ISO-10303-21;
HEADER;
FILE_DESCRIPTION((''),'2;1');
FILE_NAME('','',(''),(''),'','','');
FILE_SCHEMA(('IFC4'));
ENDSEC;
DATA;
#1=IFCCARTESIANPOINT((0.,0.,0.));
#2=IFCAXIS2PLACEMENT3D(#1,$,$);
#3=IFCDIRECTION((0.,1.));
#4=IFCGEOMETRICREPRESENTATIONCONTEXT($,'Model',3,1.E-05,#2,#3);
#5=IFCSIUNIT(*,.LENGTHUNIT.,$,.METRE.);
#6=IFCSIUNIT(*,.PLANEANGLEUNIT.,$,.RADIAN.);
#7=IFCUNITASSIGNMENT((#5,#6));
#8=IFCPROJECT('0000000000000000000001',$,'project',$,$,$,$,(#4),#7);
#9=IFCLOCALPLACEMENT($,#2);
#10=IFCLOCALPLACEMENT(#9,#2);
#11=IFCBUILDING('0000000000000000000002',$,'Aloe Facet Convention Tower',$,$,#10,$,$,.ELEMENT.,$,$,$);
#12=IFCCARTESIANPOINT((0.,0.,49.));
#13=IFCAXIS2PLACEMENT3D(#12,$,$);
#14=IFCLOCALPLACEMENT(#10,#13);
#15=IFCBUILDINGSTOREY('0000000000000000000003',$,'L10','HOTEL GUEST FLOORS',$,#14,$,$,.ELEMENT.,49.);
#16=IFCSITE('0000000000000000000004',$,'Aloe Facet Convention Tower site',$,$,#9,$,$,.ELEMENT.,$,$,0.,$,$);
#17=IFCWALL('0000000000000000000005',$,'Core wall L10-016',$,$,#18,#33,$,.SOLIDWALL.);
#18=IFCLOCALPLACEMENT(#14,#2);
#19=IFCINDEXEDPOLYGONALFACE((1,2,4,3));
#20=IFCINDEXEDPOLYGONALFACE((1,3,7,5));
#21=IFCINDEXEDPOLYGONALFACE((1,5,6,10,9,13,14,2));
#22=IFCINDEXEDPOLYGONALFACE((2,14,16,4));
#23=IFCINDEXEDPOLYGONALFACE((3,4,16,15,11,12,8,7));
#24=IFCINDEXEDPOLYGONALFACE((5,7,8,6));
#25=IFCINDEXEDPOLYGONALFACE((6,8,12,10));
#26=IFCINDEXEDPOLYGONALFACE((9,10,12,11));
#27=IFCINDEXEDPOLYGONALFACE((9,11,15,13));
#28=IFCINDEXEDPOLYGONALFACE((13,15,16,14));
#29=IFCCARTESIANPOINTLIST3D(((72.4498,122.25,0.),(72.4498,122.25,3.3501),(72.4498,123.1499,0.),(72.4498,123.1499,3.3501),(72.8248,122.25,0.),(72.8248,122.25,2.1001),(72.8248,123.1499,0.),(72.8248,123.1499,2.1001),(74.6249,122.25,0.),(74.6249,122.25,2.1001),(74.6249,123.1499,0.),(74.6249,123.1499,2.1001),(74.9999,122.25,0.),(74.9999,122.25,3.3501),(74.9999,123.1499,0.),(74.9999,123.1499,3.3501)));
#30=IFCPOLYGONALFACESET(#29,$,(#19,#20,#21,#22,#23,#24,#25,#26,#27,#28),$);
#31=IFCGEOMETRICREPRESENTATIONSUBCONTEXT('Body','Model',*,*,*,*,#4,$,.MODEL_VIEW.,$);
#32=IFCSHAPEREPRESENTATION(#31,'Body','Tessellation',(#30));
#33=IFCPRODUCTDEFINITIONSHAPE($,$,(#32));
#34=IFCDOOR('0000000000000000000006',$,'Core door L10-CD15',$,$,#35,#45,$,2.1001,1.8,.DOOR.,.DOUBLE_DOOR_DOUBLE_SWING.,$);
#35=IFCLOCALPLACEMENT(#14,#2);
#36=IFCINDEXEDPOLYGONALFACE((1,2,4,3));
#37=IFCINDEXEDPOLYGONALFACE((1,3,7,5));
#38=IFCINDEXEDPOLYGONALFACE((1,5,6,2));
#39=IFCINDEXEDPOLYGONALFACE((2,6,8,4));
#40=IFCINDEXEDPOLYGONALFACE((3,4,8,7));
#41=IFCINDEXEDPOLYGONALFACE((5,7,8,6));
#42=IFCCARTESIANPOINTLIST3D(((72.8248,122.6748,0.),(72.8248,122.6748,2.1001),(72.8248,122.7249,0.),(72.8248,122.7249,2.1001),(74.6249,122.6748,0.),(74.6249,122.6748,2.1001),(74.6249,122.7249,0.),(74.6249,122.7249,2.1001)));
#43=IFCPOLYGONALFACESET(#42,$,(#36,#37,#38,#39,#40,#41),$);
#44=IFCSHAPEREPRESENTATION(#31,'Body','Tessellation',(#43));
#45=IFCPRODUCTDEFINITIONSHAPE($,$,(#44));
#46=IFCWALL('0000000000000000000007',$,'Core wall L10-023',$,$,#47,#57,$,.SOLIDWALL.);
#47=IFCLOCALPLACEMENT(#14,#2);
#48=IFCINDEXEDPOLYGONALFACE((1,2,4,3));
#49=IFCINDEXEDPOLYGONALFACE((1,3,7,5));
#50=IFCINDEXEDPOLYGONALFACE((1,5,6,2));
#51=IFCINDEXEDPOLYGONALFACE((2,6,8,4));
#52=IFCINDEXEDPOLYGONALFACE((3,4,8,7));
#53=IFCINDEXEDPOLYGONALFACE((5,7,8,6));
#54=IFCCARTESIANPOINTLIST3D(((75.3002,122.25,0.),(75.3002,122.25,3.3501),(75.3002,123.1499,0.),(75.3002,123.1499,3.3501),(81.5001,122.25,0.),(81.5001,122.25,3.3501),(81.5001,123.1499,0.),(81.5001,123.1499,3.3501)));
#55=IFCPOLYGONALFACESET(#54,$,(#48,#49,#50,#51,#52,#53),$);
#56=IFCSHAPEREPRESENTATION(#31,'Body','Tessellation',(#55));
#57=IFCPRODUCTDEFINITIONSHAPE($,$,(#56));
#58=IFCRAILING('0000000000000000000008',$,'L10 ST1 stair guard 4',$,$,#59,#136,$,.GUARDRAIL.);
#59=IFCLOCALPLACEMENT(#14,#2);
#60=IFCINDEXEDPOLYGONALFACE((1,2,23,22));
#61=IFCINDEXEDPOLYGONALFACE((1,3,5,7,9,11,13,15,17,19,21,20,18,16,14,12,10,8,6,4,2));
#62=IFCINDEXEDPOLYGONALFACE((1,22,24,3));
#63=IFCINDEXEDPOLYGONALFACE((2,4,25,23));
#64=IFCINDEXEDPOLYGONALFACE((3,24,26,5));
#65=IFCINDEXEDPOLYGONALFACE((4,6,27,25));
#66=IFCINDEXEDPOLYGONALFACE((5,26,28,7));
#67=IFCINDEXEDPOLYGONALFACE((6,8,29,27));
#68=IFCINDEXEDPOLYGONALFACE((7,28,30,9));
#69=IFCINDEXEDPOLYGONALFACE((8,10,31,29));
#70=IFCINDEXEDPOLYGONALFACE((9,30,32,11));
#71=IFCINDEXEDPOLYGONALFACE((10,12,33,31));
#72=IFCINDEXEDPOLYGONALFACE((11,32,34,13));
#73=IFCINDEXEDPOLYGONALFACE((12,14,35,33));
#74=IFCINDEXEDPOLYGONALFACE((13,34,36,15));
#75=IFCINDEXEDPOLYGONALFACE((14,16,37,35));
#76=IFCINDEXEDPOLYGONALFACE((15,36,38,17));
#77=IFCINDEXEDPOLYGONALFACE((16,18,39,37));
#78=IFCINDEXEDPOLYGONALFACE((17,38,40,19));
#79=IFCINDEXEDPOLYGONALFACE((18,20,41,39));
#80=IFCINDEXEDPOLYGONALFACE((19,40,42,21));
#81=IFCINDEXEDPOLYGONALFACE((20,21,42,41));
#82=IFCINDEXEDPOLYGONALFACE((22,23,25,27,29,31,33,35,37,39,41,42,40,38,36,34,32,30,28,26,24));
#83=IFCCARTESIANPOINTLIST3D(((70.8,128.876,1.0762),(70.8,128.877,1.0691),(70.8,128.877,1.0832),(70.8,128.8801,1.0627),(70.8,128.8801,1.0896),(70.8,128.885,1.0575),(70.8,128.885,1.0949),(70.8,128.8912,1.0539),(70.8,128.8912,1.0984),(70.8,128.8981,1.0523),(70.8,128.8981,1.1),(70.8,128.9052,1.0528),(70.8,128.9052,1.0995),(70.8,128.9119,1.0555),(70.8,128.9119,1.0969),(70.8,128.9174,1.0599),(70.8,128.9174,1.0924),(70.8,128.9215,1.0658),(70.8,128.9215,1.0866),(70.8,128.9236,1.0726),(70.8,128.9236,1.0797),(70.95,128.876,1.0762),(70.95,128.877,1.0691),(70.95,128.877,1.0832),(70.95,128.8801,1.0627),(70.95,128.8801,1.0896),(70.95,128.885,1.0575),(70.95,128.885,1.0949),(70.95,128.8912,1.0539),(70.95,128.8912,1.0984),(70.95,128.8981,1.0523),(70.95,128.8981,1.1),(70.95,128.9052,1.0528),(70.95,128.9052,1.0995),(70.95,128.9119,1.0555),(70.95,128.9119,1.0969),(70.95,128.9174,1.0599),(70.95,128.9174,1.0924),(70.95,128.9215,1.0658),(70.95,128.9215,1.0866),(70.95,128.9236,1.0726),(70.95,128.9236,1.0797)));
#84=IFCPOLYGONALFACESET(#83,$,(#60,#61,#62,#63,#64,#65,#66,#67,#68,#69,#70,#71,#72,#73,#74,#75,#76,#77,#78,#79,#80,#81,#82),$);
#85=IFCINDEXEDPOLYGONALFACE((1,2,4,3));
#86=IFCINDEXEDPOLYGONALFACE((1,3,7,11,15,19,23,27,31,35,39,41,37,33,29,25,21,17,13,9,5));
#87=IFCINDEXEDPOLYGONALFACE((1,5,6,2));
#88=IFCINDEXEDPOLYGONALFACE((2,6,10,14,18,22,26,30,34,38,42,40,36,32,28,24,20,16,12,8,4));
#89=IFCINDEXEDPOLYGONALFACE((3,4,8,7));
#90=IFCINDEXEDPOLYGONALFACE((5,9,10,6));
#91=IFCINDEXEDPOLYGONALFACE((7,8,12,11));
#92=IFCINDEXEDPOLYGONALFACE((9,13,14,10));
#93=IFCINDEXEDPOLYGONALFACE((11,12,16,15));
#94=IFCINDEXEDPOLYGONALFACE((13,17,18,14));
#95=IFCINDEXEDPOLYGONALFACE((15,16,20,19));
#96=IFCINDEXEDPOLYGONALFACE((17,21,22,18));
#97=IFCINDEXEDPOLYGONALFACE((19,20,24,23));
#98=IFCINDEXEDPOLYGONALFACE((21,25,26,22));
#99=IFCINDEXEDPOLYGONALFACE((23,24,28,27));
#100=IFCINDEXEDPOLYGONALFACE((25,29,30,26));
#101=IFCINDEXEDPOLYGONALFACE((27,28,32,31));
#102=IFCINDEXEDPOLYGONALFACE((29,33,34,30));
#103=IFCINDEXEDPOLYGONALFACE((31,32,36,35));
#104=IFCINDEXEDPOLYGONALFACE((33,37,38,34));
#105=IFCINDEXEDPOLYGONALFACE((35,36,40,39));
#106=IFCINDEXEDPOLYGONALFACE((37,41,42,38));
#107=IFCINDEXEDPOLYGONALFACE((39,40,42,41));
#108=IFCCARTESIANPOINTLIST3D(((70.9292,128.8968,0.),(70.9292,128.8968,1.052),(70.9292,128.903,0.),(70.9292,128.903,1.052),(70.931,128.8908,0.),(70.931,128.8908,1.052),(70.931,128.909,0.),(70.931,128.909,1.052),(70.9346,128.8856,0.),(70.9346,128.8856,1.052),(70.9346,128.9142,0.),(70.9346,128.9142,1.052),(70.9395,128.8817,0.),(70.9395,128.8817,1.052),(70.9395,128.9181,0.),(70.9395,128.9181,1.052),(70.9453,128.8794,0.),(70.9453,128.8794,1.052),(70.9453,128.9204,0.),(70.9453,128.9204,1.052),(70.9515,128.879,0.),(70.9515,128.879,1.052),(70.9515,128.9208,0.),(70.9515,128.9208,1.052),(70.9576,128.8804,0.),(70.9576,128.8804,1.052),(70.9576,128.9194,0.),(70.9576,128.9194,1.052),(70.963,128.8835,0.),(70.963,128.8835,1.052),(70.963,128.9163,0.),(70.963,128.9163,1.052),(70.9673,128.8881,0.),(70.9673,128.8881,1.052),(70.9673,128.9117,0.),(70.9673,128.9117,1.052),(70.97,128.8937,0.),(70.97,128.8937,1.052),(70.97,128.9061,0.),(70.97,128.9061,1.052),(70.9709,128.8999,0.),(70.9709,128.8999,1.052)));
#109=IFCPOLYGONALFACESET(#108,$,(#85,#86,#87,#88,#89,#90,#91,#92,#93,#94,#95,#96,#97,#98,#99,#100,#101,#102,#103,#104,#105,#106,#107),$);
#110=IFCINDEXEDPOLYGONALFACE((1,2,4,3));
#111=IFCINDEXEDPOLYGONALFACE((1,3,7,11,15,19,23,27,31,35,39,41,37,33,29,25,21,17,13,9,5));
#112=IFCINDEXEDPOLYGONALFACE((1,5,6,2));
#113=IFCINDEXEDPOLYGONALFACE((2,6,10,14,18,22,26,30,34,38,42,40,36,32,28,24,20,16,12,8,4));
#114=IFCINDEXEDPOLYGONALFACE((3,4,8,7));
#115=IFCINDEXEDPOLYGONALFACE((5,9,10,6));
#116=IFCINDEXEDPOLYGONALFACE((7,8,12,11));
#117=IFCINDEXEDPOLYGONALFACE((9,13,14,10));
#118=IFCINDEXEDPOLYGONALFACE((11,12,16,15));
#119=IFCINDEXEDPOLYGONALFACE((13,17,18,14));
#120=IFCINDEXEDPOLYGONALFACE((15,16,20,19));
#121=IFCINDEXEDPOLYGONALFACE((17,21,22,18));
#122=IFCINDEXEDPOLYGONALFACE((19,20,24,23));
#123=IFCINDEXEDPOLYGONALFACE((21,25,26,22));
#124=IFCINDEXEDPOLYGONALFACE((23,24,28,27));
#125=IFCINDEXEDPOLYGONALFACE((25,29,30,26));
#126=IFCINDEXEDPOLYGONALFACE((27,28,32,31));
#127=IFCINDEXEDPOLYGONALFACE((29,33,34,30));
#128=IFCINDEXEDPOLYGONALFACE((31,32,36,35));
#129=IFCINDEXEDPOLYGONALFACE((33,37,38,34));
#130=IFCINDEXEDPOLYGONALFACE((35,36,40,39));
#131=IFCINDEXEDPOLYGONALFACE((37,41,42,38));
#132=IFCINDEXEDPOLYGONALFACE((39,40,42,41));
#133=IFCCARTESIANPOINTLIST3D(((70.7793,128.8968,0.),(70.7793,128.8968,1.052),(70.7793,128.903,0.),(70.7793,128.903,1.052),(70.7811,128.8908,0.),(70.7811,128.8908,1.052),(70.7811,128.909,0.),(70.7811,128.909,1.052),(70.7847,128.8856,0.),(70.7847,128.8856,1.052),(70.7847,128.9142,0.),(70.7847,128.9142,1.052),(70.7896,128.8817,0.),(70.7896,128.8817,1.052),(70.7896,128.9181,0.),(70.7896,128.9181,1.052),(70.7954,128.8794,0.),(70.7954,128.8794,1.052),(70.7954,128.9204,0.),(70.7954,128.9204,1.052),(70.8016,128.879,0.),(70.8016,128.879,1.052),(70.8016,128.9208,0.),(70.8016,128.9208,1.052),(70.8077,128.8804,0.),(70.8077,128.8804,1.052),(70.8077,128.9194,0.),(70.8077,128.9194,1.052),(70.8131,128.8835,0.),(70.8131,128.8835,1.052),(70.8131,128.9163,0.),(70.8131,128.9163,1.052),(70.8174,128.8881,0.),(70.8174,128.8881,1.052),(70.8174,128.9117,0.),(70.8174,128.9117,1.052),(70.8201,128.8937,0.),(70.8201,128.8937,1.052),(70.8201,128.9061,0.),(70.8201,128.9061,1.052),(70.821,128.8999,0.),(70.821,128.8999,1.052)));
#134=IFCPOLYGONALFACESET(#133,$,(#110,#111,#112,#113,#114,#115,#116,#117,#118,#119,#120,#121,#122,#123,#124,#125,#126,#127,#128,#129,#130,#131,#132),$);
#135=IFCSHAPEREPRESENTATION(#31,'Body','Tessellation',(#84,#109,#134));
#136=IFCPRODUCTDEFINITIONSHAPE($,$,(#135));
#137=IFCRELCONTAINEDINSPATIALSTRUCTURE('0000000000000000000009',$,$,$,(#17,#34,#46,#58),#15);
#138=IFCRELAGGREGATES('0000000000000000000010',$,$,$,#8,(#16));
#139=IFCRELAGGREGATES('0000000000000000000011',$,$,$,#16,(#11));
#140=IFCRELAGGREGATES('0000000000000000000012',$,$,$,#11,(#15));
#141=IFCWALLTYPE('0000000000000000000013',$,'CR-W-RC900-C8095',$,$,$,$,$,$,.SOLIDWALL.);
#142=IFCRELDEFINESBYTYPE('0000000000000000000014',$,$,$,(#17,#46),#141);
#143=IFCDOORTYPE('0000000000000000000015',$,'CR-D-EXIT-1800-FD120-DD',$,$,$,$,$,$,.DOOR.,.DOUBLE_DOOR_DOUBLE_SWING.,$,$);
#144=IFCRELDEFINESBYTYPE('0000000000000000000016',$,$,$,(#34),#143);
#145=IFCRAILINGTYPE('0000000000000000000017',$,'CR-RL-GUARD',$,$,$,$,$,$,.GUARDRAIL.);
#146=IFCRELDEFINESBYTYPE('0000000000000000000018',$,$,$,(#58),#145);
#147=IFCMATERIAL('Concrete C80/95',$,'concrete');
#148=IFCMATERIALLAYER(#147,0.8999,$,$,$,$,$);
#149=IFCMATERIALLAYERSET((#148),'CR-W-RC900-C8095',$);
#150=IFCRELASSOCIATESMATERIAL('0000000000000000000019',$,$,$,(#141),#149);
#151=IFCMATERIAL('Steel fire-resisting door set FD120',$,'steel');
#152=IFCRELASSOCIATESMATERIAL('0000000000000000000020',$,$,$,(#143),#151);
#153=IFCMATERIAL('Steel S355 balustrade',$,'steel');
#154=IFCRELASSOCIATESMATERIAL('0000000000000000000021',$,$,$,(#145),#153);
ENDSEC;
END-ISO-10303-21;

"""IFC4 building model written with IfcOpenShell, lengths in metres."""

from ifc_helpers import new_model, si_unit, direction, frame, frame_2d, origin, origin_2d, place, context, subcontext, project, spatial, rectangle, circle, extrude, material, layer, layer_set, type_object, element, fill, save


model = new_model("IFC4")

# Units and contexts
model_context = context("Model", 3, precision=1e-05, world=origin(), true_north=direction((0.0, 1.0)))
body_context = subcontext(model_context, "Body", "Model", "MODEL_VIEW")
ifc_project = project(units=[si_unit("LENGTHUNIT", "METRE"), si_unit("PLANEANGLEUNIT", "RADIAN")], contexts=[model_context])

# Site, building, storey
site_placement = place(None, origin())
site = spatial("IfcSite", under=ifc_project, at=site_placement, Name="Aloe Facet Convention Tower site", CompositionType="ELEMENT", RefElevation=0.0)
building_placement = place(site_placement, origin())
building = spatial("IfcBuilding", under=site, at=building_placement, Name="Aloe Facet Convention Tower", CompositionType="ELEMENT")
storey_placement = place(building_placement, frame((0.0, 0.0, 49.0)))
storey = spatial("IfcBuildingStorey", under=building, at=storey_placement, Name="L10", Description="HOTEL GUEST FLOORS", CompositionType="ELEMENT", Elevation=49.0)

# Shared definitions
ifc_material_1 = material(Name="Concrete C80/95", Category="concrete")
ifc_layer_1 = layer(ifc_material_1, 0.8999)
ifc_layer_set_1 = layer_set([ifc_layer_1], Name="CR-W-RC900-C8095")
wall_type_1 = type_object("IfcWallType", Name="CR-W-RC900-C8095", PredefinedType="SOLIDWALL", material=ifc_layer_set_1)

# Wall, opening, door
wall_1_placement = place(storey_placement, frame((72.45, 122.7, 0.0), z_axis=(0.0, 0.0, 1.0), x_axis=(1.0, 0.0, 0.0)))
wall_1 = element("IfcWall", 1, at=wall_1_placement, inside=storey, type_object=wall_type_1, Name="Core wall L10-016", PredefinedType="SOLIDWALL", context=body_context, shape_type="SweptSolid", body=[
    extrude(rectangle(XDim=2.55, YDim=0.8999, at=frame_2d((1.2749, 0.0))), origin(), (0.0, 0.0, 1.0), 3.3501),
])
opening_placement = place(wall_1_placement, frame((0.375, 0.0, 0.0)))
opening = element("IfcOpeningElement", 2, at=opening_placement, cuts=wall_1, PredefinedType="OPENING", context=body_context, shape_type="SweptSolid", body=[
    extrude(rectangle(XDim=1.8, YDim=2.1001, at=frame_2d((0.8999, 1.05))), frame((0.0, 0.46, 0.0), z_axis=(0.0, -1.0, 0.0), x_axis=(1.0, 0.0, 0.0)), (0.0, 0.0, 1.0), 0.9199),
])
ifc_material_2 = material(Name="Steel fire-resisting door set FD120", Category="steel")
door_type = type_object("IfcDoorType", Name="CR-D-EXIT-1800-FD120-DD", OperationType="DOUBLE_DOOR_DOUBLE_SWING", PredefinedType="DOOR", material=ifc_material_2)
door_placement = place(opening_placement, origin())
door = element("IfcDoor", 3, at=door_placement, inside=storey, type_object=door_type, Name="Core door L10-CD15", OperationType="DOUBLE_DOOR_DOUBLE_SWING", OverallHeight=2.1001, OverallWidth=1.8, PredefinedType="DOOR", context=body_context, shape_type="SweptSolid", body=[
    extrude(rectangle(XDim=1.8, YDim=2.1001, at=frame_2d((0.8999, 1.05))), frame((0.0, 0.0249, 0.0), z_axis=(0.0, -1.0, 0.0), x_axis=(1.0, 0.0, 0.0)), (0.0, 0.0, 1.0), 0.05),
])
fill(opening, door)

# Wall
wall_2_placement = place(storey_placement, frame((75.3, 122.7, 0.0), z_axis=(0.0, 0.0, 1.0), x_axis=(1.0, 0.0, 0.0)))
element("IfcWall", 4, at=wall_2_placement, inside=storey, type_object=wall_type_1, Name="Core wall L10-023", PredefinedType="SOLIDWALL", context=body_context, shape_type="SweptSolid", body=[
    extrude(rectangle(XDim=6.2, YDim=0.8999, at=frame_2d((3.1001, 0.0))), origin(), (0.0, 0.0, 1.0), 3.3501),
])

# Railing
ifc_material_3 = material(Name="Steel S355 balustrade", Category="steel")
railing_type_1 = type_object("IfcRailingType", Name="CR-RL-GUARD", PredefinedType="GUARDRAIL", material=ifc_material_3)
railing_1_placement = place(storey_placement, frame((70.95, 128.8999, 0.0)))
element("IfcRailing", 5, at=railing_1_placement, inside=storey, type_object=railing_type_1, Name="L10 ST1 stair guard 4", PredefinedType="GUARDRAIL", context=body_context, shape_type="SweptSolid", body=[
    extrude(circle(Radius=0.0239, at=origin_2d()), frame((0.0, 0.0, 1.0762), z_axis=(-1.0, 0.0, 0.0), x_axis=(0.0, -1.0, 0.0)), (0.0, 0.0, 1.0), 0.1499),
    extrude(circle(Radius=0.021, at=origin_2d()), origin(), (0.0, 0.0, 1.0), 1.052),
    extrude(circle(Radius=0.021, at=origin_2d()), frame((-0.1499, 0.0, 0.0)), (0.0, 0.0, 1.0), 1.052),
])

save(model, "model.ifc")
